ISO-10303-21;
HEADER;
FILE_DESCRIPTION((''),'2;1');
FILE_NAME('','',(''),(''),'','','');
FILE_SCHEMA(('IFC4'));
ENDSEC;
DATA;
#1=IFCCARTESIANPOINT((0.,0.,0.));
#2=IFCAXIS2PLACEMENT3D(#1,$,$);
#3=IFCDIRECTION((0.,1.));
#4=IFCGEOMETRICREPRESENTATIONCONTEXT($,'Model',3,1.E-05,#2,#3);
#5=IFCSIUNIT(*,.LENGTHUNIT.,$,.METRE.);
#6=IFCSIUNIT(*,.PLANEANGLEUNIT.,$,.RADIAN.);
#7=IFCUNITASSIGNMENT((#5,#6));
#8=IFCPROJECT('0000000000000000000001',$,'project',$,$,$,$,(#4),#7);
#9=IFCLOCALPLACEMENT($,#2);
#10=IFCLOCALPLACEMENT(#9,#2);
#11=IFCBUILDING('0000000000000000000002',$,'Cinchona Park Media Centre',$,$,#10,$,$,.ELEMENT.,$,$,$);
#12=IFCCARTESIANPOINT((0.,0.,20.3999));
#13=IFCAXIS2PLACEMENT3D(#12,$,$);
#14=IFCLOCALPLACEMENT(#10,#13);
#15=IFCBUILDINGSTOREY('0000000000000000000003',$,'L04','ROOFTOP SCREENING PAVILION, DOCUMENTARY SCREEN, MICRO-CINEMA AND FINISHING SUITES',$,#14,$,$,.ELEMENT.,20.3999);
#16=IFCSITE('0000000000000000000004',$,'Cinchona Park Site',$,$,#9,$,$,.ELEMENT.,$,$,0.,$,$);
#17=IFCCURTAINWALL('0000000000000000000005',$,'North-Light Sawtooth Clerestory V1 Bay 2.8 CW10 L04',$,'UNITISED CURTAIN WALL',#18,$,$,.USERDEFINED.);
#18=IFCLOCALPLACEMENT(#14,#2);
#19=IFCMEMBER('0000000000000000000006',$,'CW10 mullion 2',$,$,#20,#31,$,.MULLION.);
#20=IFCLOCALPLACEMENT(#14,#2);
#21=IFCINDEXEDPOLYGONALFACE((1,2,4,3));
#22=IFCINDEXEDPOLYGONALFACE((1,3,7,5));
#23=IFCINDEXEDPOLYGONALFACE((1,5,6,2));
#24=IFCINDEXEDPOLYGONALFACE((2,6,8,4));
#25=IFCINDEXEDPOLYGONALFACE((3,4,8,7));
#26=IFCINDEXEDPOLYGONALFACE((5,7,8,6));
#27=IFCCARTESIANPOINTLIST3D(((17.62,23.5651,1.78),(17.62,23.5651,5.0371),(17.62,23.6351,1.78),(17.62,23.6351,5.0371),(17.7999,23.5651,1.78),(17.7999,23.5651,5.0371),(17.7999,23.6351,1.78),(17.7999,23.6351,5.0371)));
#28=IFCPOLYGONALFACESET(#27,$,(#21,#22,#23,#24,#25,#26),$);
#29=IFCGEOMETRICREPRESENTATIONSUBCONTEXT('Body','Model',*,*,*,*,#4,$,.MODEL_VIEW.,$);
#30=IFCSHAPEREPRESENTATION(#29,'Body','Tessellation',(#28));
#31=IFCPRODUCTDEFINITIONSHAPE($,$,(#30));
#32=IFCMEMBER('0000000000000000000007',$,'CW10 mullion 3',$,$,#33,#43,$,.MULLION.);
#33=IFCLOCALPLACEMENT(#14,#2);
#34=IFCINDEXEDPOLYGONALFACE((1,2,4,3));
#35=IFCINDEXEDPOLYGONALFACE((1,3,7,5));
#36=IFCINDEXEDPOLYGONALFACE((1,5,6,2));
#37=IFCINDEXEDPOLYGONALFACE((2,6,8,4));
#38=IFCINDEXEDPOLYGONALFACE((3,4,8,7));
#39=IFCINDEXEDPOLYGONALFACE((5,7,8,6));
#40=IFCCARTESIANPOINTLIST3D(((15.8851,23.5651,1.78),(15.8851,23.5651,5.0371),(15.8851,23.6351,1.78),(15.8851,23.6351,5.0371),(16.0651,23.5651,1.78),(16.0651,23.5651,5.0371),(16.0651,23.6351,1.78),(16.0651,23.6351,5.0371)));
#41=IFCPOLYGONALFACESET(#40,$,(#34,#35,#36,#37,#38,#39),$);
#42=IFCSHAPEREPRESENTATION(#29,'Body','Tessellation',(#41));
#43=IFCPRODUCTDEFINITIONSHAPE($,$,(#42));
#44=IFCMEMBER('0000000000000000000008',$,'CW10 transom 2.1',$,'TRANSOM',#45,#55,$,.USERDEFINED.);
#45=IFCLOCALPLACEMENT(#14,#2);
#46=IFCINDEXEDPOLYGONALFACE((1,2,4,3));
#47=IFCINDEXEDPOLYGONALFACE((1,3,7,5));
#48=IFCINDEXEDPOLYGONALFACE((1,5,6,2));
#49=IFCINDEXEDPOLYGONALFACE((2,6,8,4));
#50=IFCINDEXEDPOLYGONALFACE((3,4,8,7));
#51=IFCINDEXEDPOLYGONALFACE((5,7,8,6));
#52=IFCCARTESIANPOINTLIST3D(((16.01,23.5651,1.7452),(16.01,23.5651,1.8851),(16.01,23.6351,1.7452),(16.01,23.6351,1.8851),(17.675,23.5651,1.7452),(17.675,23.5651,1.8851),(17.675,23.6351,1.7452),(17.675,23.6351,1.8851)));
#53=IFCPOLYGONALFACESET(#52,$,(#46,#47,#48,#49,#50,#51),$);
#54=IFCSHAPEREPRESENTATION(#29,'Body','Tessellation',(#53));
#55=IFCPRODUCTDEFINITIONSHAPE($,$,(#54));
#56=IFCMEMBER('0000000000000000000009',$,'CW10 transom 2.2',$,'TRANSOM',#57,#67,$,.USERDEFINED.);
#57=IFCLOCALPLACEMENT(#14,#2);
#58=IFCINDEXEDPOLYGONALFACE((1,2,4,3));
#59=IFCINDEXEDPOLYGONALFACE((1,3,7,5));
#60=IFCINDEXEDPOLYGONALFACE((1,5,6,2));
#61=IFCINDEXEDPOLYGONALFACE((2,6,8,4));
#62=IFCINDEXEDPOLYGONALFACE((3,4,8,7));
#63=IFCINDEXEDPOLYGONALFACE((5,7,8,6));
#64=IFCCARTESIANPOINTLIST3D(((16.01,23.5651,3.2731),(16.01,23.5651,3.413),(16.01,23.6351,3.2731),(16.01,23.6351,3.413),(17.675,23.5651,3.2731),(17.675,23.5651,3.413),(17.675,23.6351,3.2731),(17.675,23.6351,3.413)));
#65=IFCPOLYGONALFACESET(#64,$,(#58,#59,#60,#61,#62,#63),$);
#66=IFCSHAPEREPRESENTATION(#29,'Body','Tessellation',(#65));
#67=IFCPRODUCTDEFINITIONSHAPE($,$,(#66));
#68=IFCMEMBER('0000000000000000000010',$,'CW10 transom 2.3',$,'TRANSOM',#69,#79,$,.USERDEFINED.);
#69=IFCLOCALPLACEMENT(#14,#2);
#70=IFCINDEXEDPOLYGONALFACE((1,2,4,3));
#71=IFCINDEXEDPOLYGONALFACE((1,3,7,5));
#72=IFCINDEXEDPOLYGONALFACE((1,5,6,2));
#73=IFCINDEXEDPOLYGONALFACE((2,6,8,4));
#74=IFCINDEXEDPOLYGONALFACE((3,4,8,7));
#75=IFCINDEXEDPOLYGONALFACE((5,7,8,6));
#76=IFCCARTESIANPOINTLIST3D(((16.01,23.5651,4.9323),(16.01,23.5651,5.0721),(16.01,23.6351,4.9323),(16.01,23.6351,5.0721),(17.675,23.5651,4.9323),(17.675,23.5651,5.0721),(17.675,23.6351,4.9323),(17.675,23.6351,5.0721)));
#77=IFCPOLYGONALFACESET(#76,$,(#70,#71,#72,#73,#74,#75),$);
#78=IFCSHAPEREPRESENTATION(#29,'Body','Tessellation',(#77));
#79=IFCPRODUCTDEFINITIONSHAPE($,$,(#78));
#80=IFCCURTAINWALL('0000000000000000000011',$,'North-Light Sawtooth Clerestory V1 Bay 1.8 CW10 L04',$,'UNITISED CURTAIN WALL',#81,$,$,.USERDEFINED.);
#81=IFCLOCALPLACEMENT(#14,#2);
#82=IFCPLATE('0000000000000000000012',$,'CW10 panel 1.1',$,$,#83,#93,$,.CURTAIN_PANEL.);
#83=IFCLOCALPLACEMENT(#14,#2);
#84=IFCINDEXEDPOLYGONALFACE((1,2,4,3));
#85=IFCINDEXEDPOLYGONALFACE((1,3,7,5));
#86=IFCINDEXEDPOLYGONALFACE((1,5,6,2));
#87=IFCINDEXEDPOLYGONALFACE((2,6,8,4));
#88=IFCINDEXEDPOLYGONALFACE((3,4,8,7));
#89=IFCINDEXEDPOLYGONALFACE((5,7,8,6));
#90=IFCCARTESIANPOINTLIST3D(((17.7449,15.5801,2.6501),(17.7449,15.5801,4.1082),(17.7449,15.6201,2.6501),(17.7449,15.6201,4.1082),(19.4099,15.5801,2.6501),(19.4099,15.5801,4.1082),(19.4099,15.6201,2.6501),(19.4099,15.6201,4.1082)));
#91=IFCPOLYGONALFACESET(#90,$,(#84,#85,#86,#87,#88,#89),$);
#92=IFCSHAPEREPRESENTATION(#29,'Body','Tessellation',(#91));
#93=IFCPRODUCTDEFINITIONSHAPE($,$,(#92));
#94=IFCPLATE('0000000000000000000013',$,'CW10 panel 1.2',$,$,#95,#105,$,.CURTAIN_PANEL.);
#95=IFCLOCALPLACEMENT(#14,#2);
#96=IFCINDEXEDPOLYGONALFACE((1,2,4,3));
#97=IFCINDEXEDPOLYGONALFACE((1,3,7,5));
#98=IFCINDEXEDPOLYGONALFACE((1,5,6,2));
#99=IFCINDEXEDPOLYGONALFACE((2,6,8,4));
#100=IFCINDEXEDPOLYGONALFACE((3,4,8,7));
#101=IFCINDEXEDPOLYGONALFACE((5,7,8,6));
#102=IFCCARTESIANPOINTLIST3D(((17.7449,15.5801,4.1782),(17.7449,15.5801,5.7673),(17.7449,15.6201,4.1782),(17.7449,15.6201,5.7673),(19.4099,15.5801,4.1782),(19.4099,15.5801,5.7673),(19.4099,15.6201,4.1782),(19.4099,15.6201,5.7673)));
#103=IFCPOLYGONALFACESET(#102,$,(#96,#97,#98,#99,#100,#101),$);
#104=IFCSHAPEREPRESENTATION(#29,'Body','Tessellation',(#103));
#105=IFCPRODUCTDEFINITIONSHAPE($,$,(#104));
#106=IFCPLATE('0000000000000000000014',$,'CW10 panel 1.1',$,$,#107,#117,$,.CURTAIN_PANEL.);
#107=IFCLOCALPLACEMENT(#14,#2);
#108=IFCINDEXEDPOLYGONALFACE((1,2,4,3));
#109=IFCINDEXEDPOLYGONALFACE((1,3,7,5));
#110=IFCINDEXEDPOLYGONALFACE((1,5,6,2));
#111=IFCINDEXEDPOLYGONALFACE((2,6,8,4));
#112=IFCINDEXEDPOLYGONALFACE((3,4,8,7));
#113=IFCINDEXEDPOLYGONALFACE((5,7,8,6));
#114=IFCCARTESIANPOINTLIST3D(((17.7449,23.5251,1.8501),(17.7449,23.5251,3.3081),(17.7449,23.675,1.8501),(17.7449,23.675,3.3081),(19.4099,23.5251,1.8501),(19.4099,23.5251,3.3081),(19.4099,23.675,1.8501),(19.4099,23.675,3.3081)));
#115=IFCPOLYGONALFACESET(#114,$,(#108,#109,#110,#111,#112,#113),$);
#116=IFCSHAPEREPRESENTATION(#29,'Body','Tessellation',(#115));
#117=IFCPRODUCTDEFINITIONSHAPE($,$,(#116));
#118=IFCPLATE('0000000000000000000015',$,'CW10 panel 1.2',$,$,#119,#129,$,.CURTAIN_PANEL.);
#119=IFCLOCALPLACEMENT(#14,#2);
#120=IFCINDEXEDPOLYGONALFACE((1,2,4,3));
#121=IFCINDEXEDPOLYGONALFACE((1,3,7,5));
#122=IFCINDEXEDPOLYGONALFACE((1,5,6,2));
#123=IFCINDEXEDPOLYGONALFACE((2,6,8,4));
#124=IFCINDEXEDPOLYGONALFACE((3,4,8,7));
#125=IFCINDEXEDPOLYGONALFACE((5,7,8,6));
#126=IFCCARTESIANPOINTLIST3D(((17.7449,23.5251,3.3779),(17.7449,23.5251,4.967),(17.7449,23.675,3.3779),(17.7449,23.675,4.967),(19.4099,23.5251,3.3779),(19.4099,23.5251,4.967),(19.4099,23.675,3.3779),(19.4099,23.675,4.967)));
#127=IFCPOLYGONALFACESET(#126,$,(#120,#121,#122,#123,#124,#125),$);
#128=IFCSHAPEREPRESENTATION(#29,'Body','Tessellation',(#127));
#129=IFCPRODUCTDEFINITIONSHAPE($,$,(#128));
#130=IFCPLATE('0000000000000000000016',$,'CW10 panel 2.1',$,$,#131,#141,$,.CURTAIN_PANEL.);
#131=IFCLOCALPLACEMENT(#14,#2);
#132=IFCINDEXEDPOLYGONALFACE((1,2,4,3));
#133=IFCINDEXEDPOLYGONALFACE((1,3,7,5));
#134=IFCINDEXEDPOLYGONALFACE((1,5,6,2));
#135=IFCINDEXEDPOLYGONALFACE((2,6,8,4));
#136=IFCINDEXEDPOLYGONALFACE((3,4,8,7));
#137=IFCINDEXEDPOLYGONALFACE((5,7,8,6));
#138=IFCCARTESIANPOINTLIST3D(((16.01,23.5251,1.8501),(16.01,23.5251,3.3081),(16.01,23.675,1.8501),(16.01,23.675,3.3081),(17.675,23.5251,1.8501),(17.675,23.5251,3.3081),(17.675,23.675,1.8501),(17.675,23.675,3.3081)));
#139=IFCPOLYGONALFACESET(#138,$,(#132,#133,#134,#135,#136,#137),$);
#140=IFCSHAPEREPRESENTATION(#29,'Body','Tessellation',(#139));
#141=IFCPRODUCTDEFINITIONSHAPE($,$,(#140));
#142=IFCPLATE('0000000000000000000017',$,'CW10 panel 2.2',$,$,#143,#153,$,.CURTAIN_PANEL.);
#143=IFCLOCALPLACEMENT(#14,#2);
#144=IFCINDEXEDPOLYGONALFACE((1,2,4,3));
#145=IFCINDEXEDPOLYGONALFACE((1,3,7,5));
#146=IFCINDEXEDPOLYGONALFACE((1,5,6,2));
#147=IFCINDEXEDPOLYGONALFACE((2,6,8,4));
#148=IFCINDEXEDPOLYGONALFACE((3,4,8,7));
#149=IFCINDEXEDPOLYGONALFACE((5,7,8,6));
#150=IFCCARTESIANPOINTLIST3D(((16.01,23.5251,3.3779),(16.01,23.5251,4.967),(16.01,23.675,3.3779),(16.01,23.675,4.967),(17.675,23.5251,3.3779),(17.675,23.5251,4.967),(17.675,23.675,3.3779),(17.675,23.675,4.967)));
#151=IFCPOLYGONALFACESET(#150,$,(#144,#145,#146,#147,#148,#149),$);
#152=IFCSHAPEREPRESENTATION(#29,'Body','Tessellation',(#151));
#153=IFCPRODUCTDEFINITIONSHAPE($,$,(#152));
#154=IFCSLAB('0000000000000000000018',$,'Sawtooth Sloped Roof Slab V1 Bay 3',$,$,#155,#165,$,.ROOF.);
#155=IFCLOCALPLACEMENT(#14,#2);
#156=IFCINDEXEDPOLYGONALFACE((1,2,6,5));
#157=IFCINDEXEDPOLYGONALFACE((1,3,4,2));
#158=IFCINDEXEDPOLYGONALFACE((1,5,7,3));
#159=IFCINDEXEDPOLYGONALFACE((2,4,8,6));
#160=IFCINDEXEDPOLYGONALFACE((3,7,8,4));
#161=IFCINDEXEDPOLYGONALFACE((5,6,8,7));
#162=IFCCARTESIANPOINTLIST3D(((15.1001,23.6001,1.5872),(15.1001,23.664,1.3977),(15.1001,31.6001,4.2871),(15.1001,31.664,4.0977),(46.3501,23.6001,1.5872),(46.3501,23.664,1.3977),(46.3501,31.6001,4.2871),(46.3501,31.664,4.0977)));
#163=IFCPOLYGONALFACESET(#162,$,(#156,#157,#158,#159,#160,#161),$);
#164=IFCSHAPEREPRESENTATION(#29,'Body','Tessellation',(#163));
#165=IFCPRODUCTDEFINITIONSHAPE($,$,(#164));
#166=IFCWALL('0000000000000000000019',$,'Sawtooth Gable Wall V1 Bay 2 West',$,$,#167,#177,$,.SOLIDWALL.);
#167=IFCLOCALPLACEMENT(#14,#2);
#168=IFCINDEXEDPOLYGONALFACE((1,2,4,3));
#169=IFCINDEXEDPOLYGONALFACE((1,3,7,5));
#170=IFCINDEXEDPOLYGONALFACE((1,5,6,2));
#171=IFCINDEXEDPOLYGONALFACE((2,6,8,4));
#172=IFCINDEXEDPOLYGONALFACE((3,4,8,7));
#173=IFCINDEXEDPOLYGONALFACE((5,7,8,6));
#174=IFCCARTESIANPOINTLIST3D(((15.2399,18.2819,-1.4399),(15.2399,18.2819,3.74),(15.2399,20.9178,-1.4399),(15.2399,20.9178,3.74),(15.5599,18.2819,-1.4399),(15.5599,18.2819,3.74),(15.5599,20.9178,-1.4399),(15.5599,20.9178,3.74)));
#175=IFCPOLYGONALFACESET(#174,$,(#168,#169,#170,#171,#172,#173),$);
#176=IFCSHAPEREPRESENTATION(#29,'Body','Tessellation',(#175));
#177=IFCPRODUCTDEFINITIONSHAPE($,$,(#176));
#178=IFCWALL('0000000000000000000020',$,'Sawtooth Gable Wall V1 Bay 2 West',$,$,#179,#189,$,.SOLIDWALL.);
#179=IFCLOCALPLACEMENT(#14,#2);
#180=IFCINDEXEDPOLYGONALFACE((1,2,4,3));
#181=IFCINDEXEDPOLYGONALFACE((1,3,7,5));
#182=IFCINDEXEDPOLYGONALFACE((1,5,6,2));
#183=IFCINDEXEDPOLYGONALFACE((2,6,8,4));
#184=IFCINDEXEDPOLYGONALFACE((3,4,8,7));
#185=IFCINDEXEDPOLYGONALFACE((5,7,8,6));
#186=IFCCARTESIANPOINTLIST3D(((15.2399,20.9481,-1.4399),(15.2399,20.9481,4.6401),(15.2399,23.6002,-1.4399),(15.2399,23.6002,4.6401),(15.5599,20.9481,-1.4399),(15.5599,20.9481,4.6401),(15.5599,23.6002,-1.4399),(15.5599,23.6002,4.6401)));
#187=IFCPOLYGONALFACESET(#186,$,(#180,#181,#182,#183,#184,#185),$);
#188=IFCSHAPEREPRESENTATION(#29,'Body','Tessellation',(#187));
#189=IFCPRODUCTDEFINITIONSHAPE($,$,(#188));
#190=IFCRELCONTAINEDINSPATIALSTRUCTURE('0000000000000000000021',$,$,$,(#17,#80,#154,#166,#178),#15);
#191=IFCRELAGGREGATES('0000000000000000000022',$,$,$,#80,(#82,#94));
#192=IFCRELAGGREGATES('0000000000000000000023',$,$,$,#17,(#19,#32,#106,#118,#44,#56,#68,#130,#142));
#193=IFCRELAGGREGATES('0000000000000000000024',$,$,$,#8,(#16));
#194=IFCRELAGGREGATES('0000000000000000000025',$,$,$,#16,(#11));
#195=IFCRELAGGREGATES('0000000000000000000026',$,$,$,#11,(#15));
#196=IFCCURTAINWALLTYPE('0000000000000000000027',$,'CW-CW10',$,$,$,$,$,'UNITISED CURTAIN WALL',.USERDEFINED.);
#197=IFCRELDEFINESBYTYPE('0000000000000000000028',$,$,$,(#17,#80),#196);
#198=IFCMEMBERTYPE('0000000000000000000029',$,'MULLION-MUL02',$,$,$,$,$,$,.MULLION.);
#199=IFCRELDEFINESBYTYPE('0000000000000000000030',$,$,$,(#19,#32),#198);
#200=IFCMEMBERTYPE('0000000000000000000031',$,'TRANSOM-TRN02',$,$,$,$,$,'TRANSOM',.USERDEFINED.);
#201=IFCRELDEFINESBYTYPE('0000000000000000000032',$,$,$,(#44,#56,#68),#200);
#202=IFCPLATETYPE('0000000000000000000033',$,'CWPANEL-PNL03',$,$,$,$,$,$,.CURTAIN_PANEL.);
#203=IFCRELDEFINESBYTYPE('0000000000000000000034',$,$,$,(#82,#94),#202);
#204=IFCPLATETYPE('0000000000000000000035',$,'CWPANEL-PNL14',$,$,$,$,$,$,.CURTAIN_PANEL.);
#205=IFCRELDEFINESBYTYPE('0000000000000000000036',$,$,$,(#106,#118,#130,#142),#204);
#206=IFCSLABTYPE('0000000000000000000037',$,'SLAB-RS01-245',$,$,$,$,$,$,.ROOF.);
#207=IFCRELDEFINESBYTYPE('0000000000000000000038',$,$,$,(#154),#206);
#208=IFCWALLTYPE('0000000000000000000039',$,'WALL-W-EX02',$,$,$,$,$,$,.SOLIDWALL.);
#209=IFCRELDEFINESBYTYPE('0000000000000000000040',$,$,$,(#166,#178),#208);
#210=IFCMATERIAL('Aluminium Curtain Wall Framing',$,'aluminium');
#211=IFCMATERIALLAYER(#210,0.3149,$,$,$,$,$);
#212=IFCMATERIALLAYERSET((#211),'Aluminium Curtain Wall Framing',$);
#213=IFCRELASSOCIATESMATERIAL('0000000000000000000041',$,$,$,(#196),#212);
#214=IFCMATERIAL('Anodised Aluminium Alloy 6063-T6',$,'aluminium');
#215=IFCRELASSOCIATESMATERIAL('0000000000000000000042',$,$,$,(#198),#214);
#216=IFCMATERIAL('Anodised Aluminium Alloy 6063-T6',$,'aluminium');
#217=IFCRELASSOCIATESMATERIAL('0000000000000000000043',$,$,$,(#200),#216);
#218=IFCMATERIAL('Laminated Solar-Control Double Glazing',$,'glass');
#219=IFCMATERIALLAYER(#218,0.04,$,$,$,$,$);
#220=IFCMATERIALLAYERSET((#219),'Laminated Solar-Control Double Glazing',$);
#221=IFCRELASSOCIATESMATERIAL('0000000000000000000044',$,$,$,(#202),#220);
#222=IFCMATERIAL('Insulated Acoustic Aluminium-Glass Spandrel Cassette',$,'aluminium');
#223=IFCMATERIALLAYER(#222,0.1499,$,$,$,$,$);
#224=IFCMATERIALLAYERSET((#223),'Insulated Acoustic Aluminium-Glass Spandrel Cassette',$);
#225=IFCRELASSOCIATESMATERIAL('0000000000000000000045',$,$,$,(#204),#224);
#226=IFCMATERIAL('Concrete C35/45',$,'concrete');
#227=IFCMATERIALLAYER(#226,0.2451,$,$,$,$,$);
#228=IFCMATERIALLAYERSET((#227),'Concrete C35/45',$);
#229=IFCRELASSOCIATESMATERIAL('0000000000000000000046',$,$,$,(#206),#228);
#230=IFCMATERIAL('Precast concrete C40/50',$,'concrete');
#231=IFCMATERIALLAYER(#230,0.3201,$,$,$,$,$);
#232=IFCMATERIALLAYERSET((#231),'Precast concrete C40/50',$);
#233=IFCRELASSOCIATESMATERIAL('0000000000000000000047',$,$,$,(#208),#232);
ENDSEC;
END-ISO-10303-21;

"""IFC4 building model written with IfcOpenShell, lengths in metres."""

from ifc_helpers import new_model, si_unit, direction, frame, frame_2d, origin, origin_2d, place, context, subcontext, project, spatial, polyline, rectangle, outline, extrude, material, layer, layer_set, material_profile, profile_set, type_object, element, aggregate, save


model = new_model("IFC4")

# Units and contexts
model_context = context("Model", 3, precision=1e-05, world=origin(), true_north=direction((0.0, 1.0)))
body_context = subcontext(model_context, "Body", "Model", "MODEL_VIEW")
ifc_project = project(units=[si_unit("LENGTHUNIT", "METRE"), si_unit("PLANEANGLEUNIT", "RADIAN")], contexts=[model_context])

# Site, building, storey
site_placement = place(None, origin())
site = spatial("IfcSite", under=ifc_project, at=site_placement, Name="Cinchona Park Site", CompositionType="ELEMENT", RefElevation=0.0)
building_placement = place(site_placement, origin())
building = spatial("IfcBuilding", under=site, at=building_placement, Name="Cinchona Park Media Centre", CompositionType="ELEMENT")
storey_placement = place(building_placement, frame((0.0, 0.0, 20.3999)))
storey = spatial("IfcBuildingStorey", under=building, at=storey_placement, Name="L04", Description="ROOFTOP SCREENING PAVILION, DOCUMENTARY SCREEN, MICRO-CINEMA AND FINISHING SUITES", CompositionType="ELEMENT", Elevation=20.3999)

# Curtain wall, members
ifc_material_1 = material(Name="Aluminium Curtain Wall Framing", Category="aluminium")
ifc_layer_1 = layer(ifc_material_1, 0.3149)
ifc_layer_set_1 = layer_set([ifc_layer_1], Name="Aluminium Curtain Wall Framing")
curtain_wall_type = type_object("IfcCurtainWallType", Name="CW-CW10", ElementType="UNITISED CURTAIN WALL", PredefinedType="USERDEFINED", material=ifc_layer_set_1)
curtain_wall_1_placement = place(storey_placement, origin())
curtain_wall_1 = element("IfcCurtainWall", 1, at=curtain_wall_1_placement, inside=storey, type_object=curtain_wall_type, Name="North-Light Sawtooth Clerestory V1 Bay 2.8 CW10 L04", ObjectType="UNITISED CURTAIN WALL", PredefinedType="USERDEFINED")
ifc_material_2 = material(Name="Anodised Aluminium Alloy 6063-T6", Category="aluminium")
ifc_material_profile_1 = material_profile(ifc_material_2, rectangle(XDim=0.0701, YDim=0.1799, at=origin_2d()), Name="MUL-70X180")
ifc_profile_set_1 = profile_set([ifc_material_profile_1], Name="Anodised Aluminium Alloy 6063-T6")
member_type_1 = type_object("IfcMemberType", Name="MULLION-MUL02", PredefinedType="MULLION", material=ifc_profile_set_1)
member_1_placement = place(storey_placement, frame((17.71, 23.6001, 1.78), z_axis=(0.0, 0.0, 1.0), x_axis=(0.0, -1.0, 0.0)))
member_1 = element("IfcMember", 2, at=member_1_placement, type_object=member_type_1, Name="CW10 mullion 2", PredefinedType="MULLION", context=body_context, shape_type="SweptSolid", body=[
    extrude(rectangle(XDim=0.0701, YDim=0.1799, at=origin_2d()), origin(), (0.0, 0.0, 1.0), 3.2571),
])
member_2_placement = place(storey_placement, frame((15.9751, 23.6001, 1.78), z_axis=(0.0, 0.0, 1.0), x_axis=(0.0, -1.0, 0.0)))
member_2 = element("IfcMember", 3, at=member_2_placement, type_object=member_type_1, Name="CW10 mullion 3", PredefinedType="MULLION", context=body_context, shape_type="SweptSolid", body=[
    extrude(rectangle(XDim=0.0701, YDim=0.1799, at=origin_2d()), origin(), (0.0, 0.0, 1.0), 3.2571),
])
ifc_material_3 = material(Name="Anodised Aluminium Alloy 6063-T6", Category="aluminium")
ifc_material_profile_2 = material_profile(ifc_material_3, rectangle(XDim=0.0701, YDim=0.1399, at=origin_2d()), Name="TRN-70X140")
ifc_profile_set_2 = profile_set([ifc_material_profile_2], Name="Anodised Aluminium Alloy 6063-T6")
member_type_2 = type_object("IfcMemberType", Name="TRANSOM-TRN02", ElementType="TRANSOM", PredefinedType="USERDEFINED", material=ifc_profile_set_2)
member_3_placement = place(storey_placement, frame((17.675, 23.6001, 1.8152), z_axis=(-1.0, 0.0, 0.0), x_axis=(0.0, -1.0, 0.0)))
member_3 = element("IfcMember", 4, at=member_3_placement, type_object=member_type_2, Name="CW10 transom 2.1", ObjectType="TRANSOM", PredefinedType="USERDEFINED", context=body_context, shape_type="SweptSolid", body=[
    extrude(rectangle(XDim=0.0701, YDim=0.1399, at=origin_2d()), origin(), (0.0, 0.0, 1.0), 1.665),
])
member_4_placement = place(storey_placement, frame((17.675, 23.6001, 3.343), z_axis=(-1.0, 0.0, 0.0), x_axis=(0.0, -1.0, 0.0)))
member_4 = element("IfcMember", 5, at=member_4_placement, type_object=member_type_2, Name="CW10 transom 2.2", ObjectType="TRANSOM", PredefinedType="USERDEFINED", context=body_context, shape_type="SweptSolid", body=[
    extrude(rectangle(XDim=0.0701, YDim=0.1399, at=origin_2d()), origin(), (0.0, 0.0, 1.0), 1.665),
])
member_5_placement = place(storey_placement, frame((17.675, 23.6001, 5.0022), z_axis=(-1.0, 0.0, 0.0), x_axis=(0.0, -1.0, 0.0)))
member_5 = element("IfcMember", 6, at=member_5_placement, type_object=member_type_2, Name="CW10 transom 2.3", ObjectType="TRANSOM", PredefinedType="USERDEFINED", context=body_context, shape_type="SweptSolid", body=[
    extrude(rectangle(XDim=0.0701, YDim=0.1399, at=origin_2d()), origin(), (0.0, 0.0, 1.0), 1.665),
])

# Curtain wall, plates
curtain_wall_2_placement = place(storey_placement, origin())
curtain_wall_2 = element("IfcCurtainWall", 7, at=curtain_wall_2_placement, inside=storey, type_object=curtain_wall_type, Name="North-Light Sawtooth Clerestory V1 Bay 1.8 CW10 L04", ObjectType="UNITISED CURTAIN WALL", PredefinedType="USERDEFINED")
ifc_material_4 = material(Name="Laminated Solar-Control Double Glazing", Category="glass")
ifc_layer_2 = layer(ifc_material_4, 0.04)
ifc_layer_set_2 = layer_set([ifc_layer_2], Name="Laminated Solar-Control Double Glazing")
plate_type_1 = type_object("IfcPlateType", Name="CWPANEL-PNL03", PredefinedType="CURTAIN_PANEL", material=ifc_layer_set_2)
plate_1_placement = place(storey_placement, frame((18.5774, 15.6001, 2.6501), z_axis=(0.0, 0.0, 1.0), x_axis=(-1.0, 0.0, 0.0)))
plate_1 = element("IfcPlate", 8, at=plate_1_placement, type_object=plate_type_1, Name="CW10 panel 1.1", PredefinedType="CURTAIN_PANEL", context=body_context, shape_type="SweptSolid", body=[
    extrude(rectangle(XDim=1.665, YDim=0.04, at=origin_2d()), origin(), (0.0, 0.0, 1.0), 1.458),
])
plate_2_placement = place(storey_placement, frame((18.5774, 15.6001, 4.1782), z_axis=(0.0, 0.0, 1.0), x_axis=(-1.0, 0.0, 0.0)))
plate_2 = element("IfcPlate", 9, at=plate_2_placement, type_object=plate_type_1, Name="CW10 panel 1.2", PredefinedType="CURTAIN_PANEL", context=body_context, shape_type="SweptSolid", body=[
    extrude(rectangle(XDim=1.665, YDim=0.04, at=origin_2d()), origin(), (0.0, 0.0, 1.0), 1.5891),
])
aggregate(curtain_wall_2, [plate_1, plate_2])

# Plates
ifc_material_5 = material(Name="Insulated Acoustic Aluminium-Glass Spandrel Cassette", Category="aluminium")
ifc_layer_3 = layer(ifc_material_5, 0.1499)
ifc_layer_set_3 = layer_set([ifc_layer_3], Name="Insulated Acoustic Aluminium-Glass Spandrel Cassette")
plate_type_2 = type_object("IfcPlateType", Name="CWPANEL-PNL14", PredefinedType="CURTAIN_PANEL", material=ifc_layer_set_3)
plate_3_placement = place(storey_placement, frame((18.5774, 23.6001, 1.8501), z_axis=(0.0, 0.0, 1.0), x_axis=(-1.0, 0.0, 0.0)))
plate_3 = element("IfcPlate", 10, at=plate_3_placement, type_object=plate_type_2, Name="CW10 panel 1.1", PredefinedType="CURTAIN_PANEL", context=body_context, shape_type="SweptSolid", body=[
    extrude(rectangle(XDim=1.665, YDim=0.1499, at=origin_2d()), origin(), (0.0, 0.0, 1.0), 1.458),
])
plate_4_placement = place(storey_placement, frame((18.5774, 23.6001, 3.3779), z_axis=(0.0, 0.0, 1.0), x_axis=(-1.0, 0.0, 0.0)))
plate_4 = element("IfcPlate", 11, at=plate_4_placement, type_object=plate_type_2, Name="CW10 panel 1.2", PredefinedType="CURTAIN_PANEL", context=body_context, shape_type="SweptSolid", body=[
    extrude(rectangle(XDim=1.665, YDim=0.1499, at=origin_2d()), origin(), (0.0, 0.0, 1.0), 1.5891),
])
plate_5_placement = place(storey_placement, frame((16.8425, 23.6001, 1.8501), z_axis=(0.0, 0.0, 1.0), x_axis=(-1.0, 0.0, 0.0)))
plate_5 = element("IfcPlate", 12, at=plate_5_placement, type_object=plate_type_2, Name="CW10 panel 2.1", PredefinedType="CURTAIN_PANEL", context=body_context, shape_type="SweptSolid", body=[
    extrude(rectangle(XDim=1.665, YDim=0.1499, at=origin_2d()), origin(), (0.0, 0.0, 1.0), 1.458),
])
plate_6_placement = place(storey_placement, frame((16.8425, 23.6001, 3.3779), z_axis=(0.0, 0.0, 1.0), x_axis=(-1.0, 0.0, 0.0)))
plate_6 = element("IfcPlate", 13, at=plate_6_placement, type_object=plate_type_2, Name="CW10 panel 2.2", PredefinedType="CURTAIN_PANEL", context=body_context, shape_type="SweptSolid", body=[
    extrude(rectangle(XDim=1.665, YDim=0.1499, at=origin_2d()), origin(), (0.0, 0.0, 1.0), 1.5891),
])
aggregate(curtain_wall_1, [member_1, member_2, plate_3, plate_4, member_3, member_4, member_5, plate_5, plate_6])

# Slab
ifc_material_6 = material(Name="Concrete C35/45", Category="concrete")
ifc_layer_4 = layer(ifc_material_6, 0.2451)
ifc_layer_set_4 = layer_set([ifc_layer_4], Name="Concrete C35/45")
slab_type = type_object("IfcSlabType", Name="SLAB-RS01-245", PredefinedType="ROOF", material=ifc_layer_set_4)
slab_placement = place(storey_placement, frame((15.1001, 23.6001, 1.5872), z_axis=(0.0, -0.319773, 0.947494), x_axis=(1.0, 0.0, 0.0)))
element("IfcSlab", 14, at=slab_placement, inside=storey, type_object=slab_type, Name="Sawtooth Sloped Roof Slab V1 Bay 3", PredefinedType="ROOF", context=body_context, shape_type="SweptSolid", body=[
    extrude(outline(polyline([(0.0, 0.0), (31.25, 0.0), (31.25, 8.4433), (0.0, 8.4433), (0.0, 0.0)])), origin(), (0.0, 0.0, -1.0), 0.2),
])

# Walls
ifc_material_7 = material(Name="Precast concrete C40/50", Category="concrete")
ifc_layer_5 = layer(ifc_material_7, 0.3201)
ifc_layer_set_5 = layer_set([ifc_layer_5], Name="Precast concrete C40/50")
wall_type = type_object("IfcWallType", Name="WALL-W-EX02", PredefinedType="SOLIDWALL", material=ifc_layer_set_5)
wall_1_placement = place(storey_placement, frame((15.3999, 18.282, -1.4399), z_axis=(0.0, 0.0, 1.0), x_axis=(0.0, 1.0, 0.0)))
element("IfcWall", 15, at=wall_1_placement, inside=storey, type_object=wall_type, Name="Sawtooth Gable Wall V1 Bay 2 West", PredefinedType="SOLIDWALL", context=body_context, shape_type="SweptSolid", body=[
    extrude(rectangle(XDim=2.636, YDim=0.3201, at=frame_2d((1.3179, 0.0))), origin(), (0.0, 0.0, 1.0), 5.1799),
])
wall_2_placement = place(storey_placement, frame((15.3999, 20.948, -1.4399), z_axis=(0.0, 0.0, 1.0), x_axis=(0.0, 1.0, 0.0)))
element("IfcWall", 16, at=wall_2_placement, inside=storey, type_object=wall_type, Name="Sawtooth Gable Wall V1 Bay 2 West", PredefinedType="SOLIDWALL", context=body_context, shape_type="SweptSolid", body=[
    extrude(rectangle(XDim=2.6521, YDim=0.3201, at=frame_2d((1.3262, 0.0))), origin(), (0.0, 0.0, 1.0), 6.0801),
])

save(model, "model.ifc")
